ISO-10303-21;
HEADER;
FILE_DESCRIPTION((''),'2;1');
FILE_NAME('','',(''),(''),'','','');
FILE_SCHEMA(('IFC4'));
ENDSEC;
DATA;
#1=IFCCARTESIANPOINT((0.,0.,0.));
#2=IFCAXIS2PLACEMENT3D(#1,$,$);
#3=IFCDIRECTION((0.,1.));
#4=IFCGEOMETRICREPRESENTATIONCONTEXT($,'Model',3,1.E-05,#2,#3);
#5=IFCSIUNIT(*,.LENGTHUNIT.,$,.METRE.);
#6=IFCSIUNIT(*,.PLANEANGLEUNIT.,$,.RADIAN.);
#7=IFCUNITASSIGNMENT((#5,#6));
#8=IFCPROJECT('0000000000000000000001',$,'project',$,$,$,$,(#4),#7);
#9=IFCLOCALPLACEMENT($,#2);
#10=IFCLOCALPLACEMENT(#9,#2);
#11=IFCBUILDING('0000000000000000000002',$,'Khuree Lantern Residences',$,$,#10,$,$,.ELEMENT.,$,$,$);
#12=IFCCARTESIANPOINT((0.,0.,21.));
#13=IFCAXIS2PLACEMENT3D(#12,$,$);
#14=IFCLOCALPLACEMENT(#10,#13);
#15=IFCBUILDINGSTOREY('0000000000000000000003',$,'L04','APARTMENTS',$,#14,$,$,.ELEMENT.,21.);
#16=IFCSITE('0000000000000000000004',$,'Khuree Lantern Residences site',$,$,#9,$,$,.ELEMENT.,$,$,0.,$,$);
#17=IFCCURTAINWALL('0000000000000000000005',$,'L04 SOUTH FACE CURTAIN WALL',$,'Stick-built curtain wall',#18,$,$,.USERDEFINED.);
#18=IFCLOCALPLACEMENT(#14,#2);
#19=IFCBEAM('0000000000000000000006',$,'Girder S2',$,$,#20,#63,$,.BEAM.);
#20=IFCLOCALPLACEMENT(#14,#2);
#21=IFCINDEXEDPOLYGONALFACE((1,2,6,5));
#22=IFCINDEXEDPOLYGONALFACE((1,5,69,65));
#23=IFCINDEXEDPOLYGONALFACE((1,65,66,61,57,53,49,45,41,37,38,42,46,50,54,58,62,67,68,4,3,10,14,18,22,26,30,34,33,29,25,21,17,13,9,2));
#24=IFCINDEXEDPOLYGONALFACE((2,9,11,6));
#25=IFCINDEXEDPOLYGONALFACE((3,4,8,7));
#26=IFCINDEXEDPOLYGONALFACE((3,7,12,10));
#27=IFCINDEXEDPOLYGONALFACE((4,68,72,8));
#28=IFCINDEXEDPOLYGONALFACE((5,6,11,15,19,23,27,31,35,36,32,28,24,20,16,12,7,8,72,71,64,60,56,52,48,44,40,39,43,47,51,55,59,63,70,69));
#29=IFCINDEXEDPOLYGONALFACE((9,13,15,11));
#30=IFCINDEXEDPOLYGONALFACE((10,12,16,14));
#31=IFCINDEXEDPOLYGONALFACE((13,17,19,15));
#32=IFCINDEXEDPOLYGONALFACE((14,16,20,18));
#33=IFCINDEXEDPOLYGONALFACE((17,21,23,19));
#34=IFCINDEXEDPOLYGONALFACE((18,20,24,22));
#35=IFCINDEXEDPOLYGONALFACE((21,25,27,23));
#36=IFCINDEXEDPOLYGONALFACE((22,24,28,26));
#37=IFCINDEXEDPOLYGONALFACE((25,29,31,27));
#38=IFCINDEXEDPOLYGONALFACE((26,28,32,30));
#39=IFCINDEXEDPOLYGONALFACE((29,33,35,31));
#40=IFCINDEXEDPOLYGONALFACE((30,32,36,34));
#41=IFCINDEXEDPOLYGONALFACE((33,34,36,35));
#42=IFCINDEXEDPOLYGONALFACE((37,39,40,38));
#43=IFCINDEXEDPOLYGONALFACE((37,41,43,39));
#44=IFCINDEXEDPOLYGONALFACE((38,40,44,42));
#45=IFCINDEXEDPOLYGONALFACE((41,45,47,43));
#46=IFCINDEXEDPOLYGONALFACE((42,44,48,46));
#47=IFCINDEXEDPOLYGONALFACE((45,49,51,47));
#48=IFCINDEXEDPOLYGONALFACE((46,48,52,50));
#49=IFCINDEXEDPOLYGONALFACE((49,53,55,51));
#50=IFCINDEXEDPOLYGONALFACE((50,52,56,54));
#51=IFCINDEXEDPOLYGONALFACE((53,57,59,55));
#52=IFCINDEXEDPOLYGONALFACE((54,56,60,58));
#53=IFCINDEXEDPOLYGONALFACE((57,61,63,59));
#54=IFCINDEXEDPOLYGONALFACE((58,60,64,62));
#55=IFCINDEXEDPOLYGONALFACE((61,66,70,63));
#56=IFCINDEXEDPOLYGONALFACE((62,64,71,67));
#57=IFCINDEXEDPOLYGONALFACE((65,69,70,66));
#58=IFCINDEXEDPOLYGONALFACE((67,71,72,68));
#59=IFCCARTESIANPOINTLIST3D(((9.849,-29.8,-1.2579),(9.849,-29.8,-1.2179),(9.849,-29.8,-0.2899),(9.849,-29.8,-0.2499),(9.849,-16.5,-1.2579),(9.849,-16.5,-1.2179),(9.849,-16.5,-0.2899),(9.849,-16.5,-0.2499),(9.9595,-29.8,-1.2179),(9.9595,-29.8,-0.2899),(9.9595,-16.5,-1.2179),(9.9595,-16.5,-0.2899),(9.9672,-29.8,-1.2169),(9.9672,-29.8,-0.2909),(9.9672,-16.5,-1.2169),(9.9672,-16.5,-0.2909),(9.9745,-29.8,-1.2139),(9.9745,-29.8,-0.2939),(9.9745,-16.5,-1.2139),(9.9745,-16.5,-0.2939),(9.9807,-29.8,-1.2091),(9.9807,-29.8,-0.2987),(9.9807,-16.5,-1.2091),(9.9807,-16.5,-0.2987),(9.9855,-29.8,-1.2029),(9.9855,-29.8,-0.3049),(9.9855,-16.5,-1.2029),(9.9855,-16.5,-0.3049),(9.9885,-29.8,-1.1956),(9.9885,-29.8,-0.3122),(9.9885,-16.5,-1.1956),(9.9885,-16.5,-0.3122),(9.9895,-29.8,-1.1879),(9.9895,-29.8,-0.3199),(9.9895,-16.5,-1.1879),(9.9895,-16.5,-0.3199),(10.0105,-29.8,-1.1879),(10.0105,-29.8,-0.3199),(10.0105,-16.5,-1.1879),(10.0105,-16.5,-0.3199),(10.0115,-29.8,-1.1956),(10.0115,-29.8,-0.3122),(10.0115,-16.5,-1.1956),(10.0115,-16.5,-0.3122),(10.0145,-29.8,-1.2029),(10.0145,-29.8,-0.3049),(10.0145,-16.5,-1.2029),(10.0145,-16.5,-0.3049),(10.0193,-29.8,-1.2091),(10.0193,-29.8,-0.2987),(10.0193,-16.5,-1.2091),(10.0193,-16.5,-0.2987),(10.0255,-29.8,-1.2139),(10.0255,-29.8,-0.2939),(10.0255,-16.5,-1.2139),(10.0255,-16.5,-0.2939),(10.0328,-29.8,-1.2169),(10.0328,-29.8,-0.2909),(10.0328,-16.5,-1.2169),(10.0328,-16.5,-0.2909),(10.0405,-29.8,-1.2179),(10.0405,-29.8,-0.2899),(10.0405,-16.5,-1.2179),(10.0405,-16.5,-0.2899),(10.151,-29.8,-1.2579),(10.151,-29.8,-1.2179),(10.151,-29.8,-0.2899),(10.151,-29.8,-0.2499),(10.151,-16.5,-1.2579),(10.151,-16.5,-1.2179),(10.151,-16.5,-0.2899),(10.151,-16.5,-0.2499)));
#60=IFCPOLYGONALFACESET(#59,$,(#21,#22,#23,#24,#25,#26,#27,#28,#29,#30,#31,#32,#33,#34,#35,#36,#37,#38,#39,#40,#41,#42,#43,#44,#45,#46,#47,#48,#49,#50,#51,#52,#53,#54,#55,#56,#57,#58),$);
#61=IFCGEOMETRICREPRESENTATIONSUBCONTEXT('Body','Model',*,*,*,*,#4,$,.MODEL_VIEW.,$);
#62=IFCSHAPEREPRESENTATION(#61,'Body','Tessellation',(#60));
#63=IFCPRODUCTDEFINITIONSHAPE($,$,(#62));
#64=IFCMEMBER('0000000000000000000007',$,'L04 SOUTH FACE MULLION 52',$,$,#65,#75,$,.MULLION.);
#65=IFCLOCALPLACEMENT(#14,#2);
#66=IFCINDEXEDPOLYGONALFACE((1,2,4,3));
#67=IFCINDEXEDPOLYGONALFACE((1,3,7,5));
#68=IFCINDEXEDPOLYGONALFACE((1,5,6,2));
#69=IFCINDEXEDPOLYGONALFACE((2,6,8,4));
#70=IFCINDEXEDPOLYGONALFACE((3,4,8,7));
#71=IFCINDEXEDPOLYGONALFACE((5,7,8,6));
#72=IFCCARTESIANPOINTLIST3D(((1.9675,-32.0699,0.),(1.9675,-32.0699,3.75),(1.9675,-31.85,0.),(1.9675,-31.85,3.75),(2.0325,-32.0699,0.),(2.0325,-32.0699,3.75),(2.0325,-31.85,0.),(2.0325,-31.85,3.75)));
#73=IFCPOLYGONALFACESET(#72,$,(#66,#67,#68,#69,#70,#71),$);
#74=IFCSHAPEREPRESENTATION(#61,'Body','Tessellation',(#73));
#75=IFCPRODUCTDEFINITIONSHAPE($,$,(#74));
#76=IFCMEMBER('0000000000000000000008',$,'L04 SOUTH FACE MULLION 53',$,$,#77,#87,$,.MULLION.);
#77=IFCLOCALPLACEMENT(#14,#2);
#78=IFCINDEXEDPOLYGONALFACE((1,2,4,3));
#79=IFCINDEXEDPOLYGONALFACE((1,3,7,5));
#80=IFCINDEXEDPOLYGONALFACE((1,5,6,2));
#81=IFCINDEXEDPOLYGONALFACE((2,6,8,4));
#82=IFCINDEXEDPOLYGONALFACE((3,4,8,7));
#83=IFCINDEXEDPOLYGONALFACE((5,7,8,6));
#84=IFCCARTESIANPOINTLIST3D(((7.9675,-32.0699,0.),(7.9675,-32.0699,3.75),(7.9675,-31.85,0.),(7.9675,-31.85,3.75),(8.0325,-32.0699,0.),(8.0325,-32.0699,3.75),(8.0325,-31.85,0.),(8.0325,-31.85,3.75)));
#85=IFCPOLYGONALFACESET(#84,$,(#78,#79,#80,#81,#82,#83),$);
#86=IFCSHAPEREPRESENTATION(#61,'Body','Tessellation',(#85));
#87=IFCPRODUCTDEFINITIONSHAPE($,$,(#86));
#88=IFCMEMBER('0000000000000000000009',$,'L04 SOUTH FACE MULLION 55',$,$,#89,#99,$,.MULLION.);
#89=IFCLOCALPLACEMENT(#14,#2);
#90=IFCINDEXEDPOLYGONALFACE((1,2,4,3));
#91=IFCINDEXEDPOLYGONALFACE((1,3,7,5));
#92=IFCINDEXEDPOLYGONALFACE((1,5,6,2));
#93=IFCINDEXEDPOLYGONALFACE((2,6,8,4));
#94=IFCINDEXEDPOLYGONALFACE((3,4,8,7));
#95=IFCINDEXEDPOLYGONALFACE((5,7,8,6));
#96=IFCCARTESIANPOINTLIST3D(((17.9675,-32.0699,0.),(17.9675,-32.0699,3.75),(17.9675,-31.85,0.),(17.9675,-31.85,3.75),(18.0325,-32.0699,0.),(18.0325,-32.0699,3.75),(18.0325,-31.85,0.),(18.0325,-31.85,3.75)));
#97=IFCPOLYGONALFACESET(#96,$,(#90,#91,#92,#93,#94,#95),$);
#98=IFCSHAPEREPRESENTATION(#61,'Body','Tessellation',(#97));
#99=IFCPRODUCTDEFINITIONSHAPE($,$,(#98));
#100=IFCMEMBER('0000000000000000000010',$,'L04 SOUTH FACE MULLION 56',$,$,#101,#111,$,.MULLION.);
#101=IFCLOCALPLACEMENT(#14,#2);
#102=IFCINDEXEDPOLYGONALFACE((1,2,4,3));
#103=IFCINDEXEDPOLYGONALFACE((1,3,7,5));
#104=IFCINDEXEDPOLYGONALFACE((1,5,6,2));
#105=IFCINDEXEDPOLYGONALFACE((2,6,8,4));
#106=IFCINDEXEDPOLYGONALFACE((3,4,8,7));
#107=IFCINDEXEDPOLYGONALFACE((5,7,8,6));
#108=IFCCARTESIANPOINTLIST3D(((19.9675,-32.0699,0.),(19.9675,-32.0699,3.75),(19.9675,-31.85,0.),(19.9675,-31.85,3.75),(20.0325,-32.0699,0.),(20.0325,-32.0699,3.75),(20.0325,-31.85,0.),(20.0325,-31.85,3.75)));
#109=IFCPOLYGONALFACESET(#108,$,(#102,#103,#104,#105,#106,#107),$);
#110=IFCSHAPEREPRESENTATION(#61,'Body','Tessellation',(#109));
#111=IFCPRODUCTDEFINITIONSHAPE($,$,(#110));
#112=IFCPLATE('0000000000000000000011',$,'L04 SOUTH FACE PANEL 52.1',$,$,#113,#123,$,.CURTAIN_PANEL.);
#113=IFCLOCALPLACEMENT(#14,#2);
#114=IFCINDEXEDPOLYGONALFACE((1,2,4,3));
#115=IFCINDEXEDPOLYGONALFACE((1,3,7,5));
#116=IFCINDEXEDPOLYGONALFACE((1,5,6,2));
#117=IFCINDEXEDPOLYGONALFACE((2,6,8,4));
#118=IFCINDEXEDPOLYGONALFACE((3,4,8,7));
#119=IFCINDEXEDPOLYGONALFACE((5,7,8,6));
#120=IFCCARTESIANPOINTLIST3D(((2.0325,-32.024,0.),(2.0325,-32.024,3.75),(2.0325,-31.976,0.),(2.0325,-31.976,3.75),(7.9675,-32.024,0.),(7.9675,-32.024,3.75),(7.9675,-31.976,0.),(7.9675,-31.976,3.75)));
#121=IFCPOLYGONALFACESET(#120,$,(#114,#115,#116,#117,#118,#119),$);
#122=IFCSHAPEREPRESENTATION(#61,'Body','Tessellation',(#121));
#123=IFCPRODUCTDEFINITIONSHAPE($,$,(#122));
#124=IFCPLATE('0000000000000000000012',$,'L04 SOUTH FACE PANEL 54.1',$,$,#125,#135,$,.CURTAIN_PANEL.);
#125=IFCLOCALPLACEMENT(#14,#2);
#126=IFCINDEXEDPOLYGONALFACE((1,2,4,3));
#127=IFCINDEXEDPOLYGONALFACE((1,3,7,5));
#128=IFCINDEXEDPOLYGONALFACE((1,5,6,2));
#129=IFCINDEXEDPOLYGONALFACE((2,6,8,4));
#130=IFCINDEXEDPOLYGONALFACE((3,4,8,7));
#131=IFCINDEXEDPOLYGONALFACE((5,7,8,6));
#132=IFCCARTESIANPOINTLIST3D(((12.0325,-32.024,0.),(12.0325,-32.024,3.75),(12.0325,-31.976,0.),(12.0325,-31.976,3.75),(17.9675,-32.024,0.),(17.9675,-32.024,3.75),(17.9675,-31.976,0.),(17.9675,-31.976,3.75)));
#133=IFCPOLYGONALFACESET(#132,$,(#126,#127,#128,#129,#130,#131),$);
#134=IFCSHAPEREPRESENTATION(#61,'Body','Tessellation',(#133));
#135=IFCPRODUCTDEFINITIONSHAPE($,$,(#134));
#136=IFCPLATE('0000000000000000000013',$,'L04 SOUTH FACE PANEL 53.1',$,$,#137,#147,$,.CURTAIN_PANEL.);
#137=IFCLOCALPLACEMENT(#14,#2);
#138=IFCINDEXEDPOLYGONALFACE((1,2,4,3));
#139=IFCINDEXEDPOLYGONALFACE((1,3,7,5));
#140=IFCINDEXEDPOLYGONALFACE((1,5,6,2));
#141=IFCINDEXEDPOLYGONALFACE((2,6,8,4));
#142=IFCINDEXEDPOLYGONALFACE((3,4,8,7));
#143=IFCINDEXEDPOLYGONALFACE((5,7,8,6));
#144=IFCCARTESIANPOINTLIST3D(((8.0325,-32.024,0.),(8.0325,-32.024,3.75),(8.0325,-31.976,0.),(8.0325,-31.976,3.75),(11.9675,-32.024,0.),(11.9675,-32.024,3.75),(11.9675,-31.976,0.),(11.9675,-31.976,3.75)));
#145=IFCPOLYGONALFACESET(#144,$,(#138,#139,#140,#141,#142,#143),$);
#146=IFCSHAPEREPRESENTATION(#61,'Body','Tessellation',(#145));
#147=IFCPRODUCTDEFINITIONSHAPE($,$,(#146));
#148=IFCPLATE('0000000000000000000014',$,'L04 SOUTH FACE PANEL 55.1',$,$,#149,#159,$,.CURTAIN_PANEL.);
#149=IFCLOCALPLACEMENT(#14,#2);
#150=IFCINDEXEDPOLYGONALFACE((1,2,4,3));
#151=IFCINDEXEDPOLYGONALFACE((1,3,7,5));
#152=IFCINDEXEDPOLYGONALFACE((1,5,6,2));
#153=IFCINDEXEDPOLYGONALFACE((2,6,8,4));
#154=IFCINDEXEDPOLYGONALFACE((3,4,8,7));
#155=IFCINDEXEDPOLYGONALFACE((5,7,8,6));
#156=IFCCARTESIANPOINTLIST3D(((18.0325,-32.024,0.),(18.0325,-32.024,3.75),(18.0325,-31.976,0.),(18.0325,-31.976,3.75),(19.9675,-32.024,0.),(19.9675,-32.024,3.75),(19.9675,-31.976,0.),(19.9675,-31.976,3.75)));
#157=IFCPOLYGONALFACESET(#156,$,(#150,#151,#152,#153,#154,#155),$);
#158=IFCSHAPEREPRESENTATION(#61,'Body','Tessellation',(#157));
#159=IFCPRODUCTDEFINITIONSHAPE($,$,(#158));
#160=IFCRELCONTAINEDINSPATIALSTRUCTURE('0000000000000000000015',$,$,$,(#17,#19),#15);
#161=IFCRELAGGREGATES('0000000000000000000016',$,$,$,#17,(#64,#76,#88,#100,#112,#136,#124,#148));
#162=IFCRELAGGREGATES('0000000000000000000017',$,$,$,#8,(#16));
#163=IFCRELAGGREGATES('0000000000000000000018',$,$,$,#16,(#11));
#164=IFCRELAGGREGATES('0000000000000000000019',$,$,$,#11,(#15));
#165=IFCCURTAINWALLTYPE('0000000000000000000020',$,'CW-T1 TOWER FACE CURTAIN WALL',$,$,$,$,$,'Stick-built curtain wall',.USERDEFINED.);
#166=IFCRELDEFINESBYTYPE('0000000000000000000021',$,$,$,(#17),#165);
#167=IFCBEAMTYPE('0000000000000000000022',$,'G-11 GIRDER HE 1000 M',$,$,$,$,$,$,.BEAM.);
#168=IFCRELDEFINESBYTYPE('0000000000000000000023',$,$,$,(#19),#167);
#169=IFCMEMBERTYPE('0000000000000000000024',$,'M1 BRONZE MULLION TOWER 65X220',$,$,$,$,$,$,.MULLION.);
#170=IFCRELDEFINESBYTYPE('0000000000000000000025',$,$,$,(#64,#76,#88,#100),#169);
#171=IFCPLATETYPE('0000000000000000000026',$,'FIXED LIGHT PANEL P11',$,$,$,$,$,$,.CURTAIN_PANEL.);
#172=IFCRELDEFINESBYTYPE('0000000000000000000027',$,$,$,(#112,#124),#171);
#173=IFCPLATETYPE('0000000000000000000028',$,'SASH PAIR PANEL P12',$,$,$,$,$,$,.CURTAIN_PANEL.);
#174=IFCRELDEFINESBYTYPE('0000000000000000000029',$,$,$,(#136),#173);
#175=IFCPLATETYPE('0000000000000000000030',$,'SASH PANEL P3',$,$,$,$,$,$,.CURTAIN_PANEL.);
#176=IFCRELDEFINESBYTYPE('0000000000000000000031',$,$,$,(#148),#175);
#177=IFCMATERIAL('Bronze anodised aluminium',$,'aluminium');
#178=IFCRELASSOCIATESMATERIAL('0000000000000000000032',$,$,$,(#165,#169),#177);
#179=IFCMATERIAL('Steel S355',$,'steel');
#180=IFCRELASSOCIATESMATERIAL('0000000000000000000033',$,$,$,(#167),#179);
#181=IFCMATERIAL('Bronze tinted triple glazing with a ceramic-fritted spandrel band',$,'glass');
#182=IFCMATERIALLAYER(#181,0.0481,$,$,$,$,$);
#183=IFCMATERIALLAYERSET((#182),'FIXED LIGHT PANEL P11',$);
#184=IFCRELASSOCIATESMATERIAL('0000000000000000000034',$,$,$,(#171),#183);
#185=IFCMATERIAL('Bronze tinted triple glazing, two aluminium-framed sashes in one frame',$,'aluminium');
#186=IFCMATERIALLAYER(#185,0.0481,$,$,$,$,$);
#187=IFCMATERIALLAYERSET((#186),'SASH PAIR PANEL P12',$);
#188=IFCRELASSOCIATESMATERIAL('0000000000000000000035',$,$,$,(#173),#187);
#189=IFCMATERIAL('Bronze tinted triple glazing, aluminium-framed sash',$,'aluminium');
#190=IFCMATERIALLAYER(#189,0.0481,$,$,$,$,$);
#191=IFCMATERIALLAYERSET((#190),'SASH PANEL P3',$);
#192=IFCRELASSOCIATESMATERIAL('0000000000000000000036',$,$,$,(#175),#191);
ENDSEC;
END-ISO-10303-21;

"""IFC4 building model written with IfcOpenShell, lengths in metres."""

from ifc_helpers import new_model, si_unit, direction, frame, origin, origin_2d, place, context, subcontext, project, spatial, rectangle, i_section, extrude, material, layer, layer_set, material_profile, profile_set, type_object, element, aggregate, save


model = new_model("IFC4")

# Units and contexts
model_context = context("Model", 3, precision=1e-05, world=origin(), true_north=direction((0.0, 1.0)))
body_context = subcontext(model_context, "Body", "Model", "MODEL_VIEW")
ifc_project = project(units=[si_unit("LENGTHUNIT", "METRE"), si_unit("PLANEANGLEUNIT", "RADIAN")], contexts=[model_context])

# Site, building, storey
site_placement = place(None, origin())
site = spatial("IfcSite", under=ifc_project, at=site_placement, Name="Khuree Lantern Residences site", CompositionType="ELEMENT", RefElevation=0.0)
building_placement = place(site_placement, origin())
building = spatial("IfcBuilding", under=site, at=building_placement, Name="Khuree Lantern Residences", CompositionType="ELEMENT")
storey_placement = place(building_placement, frame((0.0, 0.0, 21.0)))
storey = spatial("IfcBuildingStorey", under=building, at=storey_placement, Name="L04", Description="APARTMENTS", CompositionType="ELEMENT", Elevation=21.0)

# Shared definitions
ifc_material_1 = material(Name="Steel S355", Category="steel")

# Curtain wall
ifc_material_2 = material(Name="Bronze anodised aluminium", Category="aluminium")
curtain_wall_type = type_object("IfcCurtainWallType", Name="CW-T1 TOWER FACE CURTAIN WALL", ElementType="Stick-built curtain wall", PredefinedType="USERDEFINED", material=ifc_material_2)
curtain_wall_placement = place(storey_placement, origin())
curtain_wall = element("IfcCurtainWall", 1, at=curtain_wall_placement, inside=storey, type_object=curtain_wall_type, Name="L04 SOUTH FACE CURTAIN WALL", ObjectType="Stick-built curtain wall", PredefinedType="USERDEFINED")

# Beam
ifc_material_profile_1 = material_profile(ifc_material_1, i_section(OverallWidth=0.302, OverallDepth=1.0081, WebThickness=0.021, FlangeThickness=0.04, FilletRadius=0.03, at=origin_2d()), Name="HE 1000 M")
ifc_profile_set_1 = profile_set([ifc_material_profile_1], Name="Steel S355")
beam_type_1 = type_object("IfcBeamType", Name="G-11 GIRDER HE 1000 M", PredefinedType="BEAM", material=ifc_profile_set_1)
beam_1_placement = place(storey_placement, frame((10.0, -29.8, -0.7539), z_axis=(0.0, 1.0, 0.0), x_axis=(-1.0, 0.0, 0.0)))
element("IfcBeam", 2, at=beam_1_placement, inside=storey, type_object=beam_type_1, Name="Girder S2", PredefinedType="BEAM", context=body_context, shape_type="SweptSolid", body=[
    extrude(i_section(OverallWidth=0.302, OverallDepth=1.0081, WebThickness=0.021, FlangeThickness=0.04, FilletRadius=0.03, at=origin_2d()), origin(), (0.0, 0.0, 1.0), 13.3),
])

# Members
ifc_material_profile_2 = material_profile(ifc_material_2, rectangle(XDim=0.0649, YDim=0.22, at=origin_2d()), Name="M1 65X220")
ifc_profile_set_2 = profile_set([ifc_material_profile_2], Name="Bronze anodised aluminium")
member_type_1 = type_object("IfcMemberType", Name="M1 BRONZE MULLION TOWER 65X220", PredefinedType="MULLION", material=ifc_profile_set_2)
member_1_placement = place(storey_placement, frame((2.0, -31.96, 0.0), z_axis=(0.0, 0.0, 1.0), x_axis=(1.0, 0.0, 0.0)))
member_1 = element("IfcMember", 3, at=member_1_placement, type_object=member_type_1, Name="L04 SOUTH FACE MULLION 52", PredefinedType="MULLION", context=body_context, shape_type="SweptSolid", body=[
    extrude(rectangle(XDim=0.0649, YDim=0.22, at=origin_2d()), origin(), (0.0, 0.0, 1.0), 3.75),
])
member_2_placement = place(storey_placement, frame((8.0, -31.96, 0.0), z_axis=(0.0, 0.0, 1.0), x_axis=(1.0, 0.0, 0.0)))
member_2 = element("IfcMember", 4, at=member_2_placement, type_object=member_type_1, Name="L04 SOUTH FACE MULLION 53", PredefinedType="MULLION", context=body_context, shape_type="SweptSolid", body=[
    extrude(rectangle(XDim=0.0649, YDim=0.22, at=origin_2d()), origin(), (0.0, 0.0, 1.0), 3.75),
])
member_3_placement = place(storey_placement, frame((18.0, -31.96, 0.0), z_axis=(0.0, 0.0, 1.0), x_axis=(1.0, 0.0, 0.0)))
member_3 = element("IfcMember", 5, at=member_3_placement, type_object=member_type_1, Name="L04 SOUTH FACE MULLION 55", PredefinedType="MULLION", context=body_context, shape_type="SweptSolid", body=[
    extrude(rectangle(XDim=0.0649, YDim=0.22, at=origin_2d()), origin(), (0.0, 0.0, 1.0), 3.75),
])
member_4_placement = place(storey_placement, frame((20.0, -31.96, 0.0), z_axis=(0.0, 0.0, 1.0), x_axis=(1.0, 0.0, 0.0)))
member_4 = element("IfcMember", 6, at=member_4_placement, type_object=member_type_1, Name="L04 SOUTH FACE MULLION 56", PredefinedType="MULLION", context=body_context, shape_type="SweptSolid", body=[
    extrude(rectangle(XDim=0.0649, YDim=0.22, at=origin_2d()), origin(), (0.0, 0.0, 1.0), 3.75),
])

# Plates
ifc_material_3 = material(Name="Bronze tinted triple glazing with a ceramic-fritted spandrel band", Category="glass")
ifc_layer_1 = layer(ifc_material_3, 0.0481)
ifc_layer_set_1 = layer_set([ifc_layer_1], Name="FIXED LIGHT PANEL P11")
plate_type_1 = type_object("IfcPlateType", Name="FIXED LIGHT PANEL P11", PredefinedType="CURTAIN_PANEL", material=ifc_layer_set_1)
plate_1_placement = place(storey_placement, frame((5.0, -32.0, 0.0), z_axis=(0.0, 0.0, 1.0), x_axis=(1.0, 0.0, 0.0)))
plate_1 = element("IfcPlate", 7, at=plate_1_placement, type_object=plate_type_1, Name="L04 SOUTH FACE PANEL 52.1", PredefinedType="CURTAIN_PANEL", context=body_context, shape_type="SweptSolid", body=[
    extrude(rectangle(XDim=5.9351, YDim=0.0481, at=origin_2d()), origin(), (0.0, 0.0, 1.0), 3.75),
])
plate_2_placement = place(storey_placement, frame((15.0, -32.0, 0.0), z_axis=(0.0, 0.0, 1.0), x_axis=(1.0, 0.0, 0.0)))
plate_2 = element("IfcPlate", 8, at=plate_2_placement, type_object=plate_type_1, Name="L04 SOUTH FACE PANEL 54.1", PredefinedType="CURTAIN_PANEL", context=body_context, shape_type="SweptSolid", body=[
    extrude(rectangle(XDim=5.9351, YDim=0.0481, at=origin_2d()), origin(), (0.0, 0.0, 1.0), 3.75),
])
ifc_material_4 = material(Name="Bronze tinted triple glazing, two aluminium-framed sashes in one frame", Category="aluminium")
ifc_layer_2 = layer(ifc_material_4, 0.0481)
ifc_layer_set_2 = layer_set([ifc_layer_2], Name="SASH PAIR PANEL P12")
plate_type_2 = type_object("IfcPlateType", Name="SASH PAIR PANEL P12", PredefinedType="CURTAIN_PANEL", material=ifc_layer_set_2)
plate_3_placement = place(storey_placement, frame((10.0, -32.0, 0.0), z_axis=(0.0, 0.0, 1.0), x_axis=(1.0, 0.0, 0.0)))
plate_3 = element("IfcPlate", 9, at=plate_3_placement, type_object=plate_type_2, Name="L04 SOUTH FACE PANEL 53.1", PredefinedType="CURTAIN_PANEL", context=body_context, shape_type="SweptSolid", body=[
    extrude(rectangle(XDim=3.9351, YDim=0.0481, at=origin_2d()), origin(), (0.0, 0.0, 1.0), 3.75),
])
ifc_material_5 = material(Name="Bronze tinted triple glazing, aluminium-framed sash", Category="aluminium")
ifc_layer_3 = layer(ifc_material_5, 0.0481)
ifc_layer_set_3 = layer_set([ifc_layer_3], Name="SASH PANEL P3")
plate_type_3 = type_object("IfcPlateType", Name="SASH PANEL P3", PredefinedType="CURTAIN_PANEL", material=ifc_layer_set_3)
plate_4_placement = place(storey_placement, frame((19.0, -32.0, 0.0), z_axis=(0.0, 0.0, 1.0), x_axis=(1.0, 0.0, 0.0)))
plate_4 = element("IfcPlate", 10, at=plate_4_placement, type_object=plate_type_3, Name="L04 SOUTH FACE PANEL 55.1", PredefinedType="CURTAIN_PANEL", context=body_context, shape_type="SweptSolid", body=[
    extrude(rectangle(XDim=1.9351, YDim=0.0481, at=origin_2d()), origin(), (0.0, 0.0, 1.0), 3.75),
])
aggregate(curtain_wall, [member_1, member_2, member_3, member_4, plate_1, plate_3, plate_2, plate_4])

save(model, "model.ifc")
